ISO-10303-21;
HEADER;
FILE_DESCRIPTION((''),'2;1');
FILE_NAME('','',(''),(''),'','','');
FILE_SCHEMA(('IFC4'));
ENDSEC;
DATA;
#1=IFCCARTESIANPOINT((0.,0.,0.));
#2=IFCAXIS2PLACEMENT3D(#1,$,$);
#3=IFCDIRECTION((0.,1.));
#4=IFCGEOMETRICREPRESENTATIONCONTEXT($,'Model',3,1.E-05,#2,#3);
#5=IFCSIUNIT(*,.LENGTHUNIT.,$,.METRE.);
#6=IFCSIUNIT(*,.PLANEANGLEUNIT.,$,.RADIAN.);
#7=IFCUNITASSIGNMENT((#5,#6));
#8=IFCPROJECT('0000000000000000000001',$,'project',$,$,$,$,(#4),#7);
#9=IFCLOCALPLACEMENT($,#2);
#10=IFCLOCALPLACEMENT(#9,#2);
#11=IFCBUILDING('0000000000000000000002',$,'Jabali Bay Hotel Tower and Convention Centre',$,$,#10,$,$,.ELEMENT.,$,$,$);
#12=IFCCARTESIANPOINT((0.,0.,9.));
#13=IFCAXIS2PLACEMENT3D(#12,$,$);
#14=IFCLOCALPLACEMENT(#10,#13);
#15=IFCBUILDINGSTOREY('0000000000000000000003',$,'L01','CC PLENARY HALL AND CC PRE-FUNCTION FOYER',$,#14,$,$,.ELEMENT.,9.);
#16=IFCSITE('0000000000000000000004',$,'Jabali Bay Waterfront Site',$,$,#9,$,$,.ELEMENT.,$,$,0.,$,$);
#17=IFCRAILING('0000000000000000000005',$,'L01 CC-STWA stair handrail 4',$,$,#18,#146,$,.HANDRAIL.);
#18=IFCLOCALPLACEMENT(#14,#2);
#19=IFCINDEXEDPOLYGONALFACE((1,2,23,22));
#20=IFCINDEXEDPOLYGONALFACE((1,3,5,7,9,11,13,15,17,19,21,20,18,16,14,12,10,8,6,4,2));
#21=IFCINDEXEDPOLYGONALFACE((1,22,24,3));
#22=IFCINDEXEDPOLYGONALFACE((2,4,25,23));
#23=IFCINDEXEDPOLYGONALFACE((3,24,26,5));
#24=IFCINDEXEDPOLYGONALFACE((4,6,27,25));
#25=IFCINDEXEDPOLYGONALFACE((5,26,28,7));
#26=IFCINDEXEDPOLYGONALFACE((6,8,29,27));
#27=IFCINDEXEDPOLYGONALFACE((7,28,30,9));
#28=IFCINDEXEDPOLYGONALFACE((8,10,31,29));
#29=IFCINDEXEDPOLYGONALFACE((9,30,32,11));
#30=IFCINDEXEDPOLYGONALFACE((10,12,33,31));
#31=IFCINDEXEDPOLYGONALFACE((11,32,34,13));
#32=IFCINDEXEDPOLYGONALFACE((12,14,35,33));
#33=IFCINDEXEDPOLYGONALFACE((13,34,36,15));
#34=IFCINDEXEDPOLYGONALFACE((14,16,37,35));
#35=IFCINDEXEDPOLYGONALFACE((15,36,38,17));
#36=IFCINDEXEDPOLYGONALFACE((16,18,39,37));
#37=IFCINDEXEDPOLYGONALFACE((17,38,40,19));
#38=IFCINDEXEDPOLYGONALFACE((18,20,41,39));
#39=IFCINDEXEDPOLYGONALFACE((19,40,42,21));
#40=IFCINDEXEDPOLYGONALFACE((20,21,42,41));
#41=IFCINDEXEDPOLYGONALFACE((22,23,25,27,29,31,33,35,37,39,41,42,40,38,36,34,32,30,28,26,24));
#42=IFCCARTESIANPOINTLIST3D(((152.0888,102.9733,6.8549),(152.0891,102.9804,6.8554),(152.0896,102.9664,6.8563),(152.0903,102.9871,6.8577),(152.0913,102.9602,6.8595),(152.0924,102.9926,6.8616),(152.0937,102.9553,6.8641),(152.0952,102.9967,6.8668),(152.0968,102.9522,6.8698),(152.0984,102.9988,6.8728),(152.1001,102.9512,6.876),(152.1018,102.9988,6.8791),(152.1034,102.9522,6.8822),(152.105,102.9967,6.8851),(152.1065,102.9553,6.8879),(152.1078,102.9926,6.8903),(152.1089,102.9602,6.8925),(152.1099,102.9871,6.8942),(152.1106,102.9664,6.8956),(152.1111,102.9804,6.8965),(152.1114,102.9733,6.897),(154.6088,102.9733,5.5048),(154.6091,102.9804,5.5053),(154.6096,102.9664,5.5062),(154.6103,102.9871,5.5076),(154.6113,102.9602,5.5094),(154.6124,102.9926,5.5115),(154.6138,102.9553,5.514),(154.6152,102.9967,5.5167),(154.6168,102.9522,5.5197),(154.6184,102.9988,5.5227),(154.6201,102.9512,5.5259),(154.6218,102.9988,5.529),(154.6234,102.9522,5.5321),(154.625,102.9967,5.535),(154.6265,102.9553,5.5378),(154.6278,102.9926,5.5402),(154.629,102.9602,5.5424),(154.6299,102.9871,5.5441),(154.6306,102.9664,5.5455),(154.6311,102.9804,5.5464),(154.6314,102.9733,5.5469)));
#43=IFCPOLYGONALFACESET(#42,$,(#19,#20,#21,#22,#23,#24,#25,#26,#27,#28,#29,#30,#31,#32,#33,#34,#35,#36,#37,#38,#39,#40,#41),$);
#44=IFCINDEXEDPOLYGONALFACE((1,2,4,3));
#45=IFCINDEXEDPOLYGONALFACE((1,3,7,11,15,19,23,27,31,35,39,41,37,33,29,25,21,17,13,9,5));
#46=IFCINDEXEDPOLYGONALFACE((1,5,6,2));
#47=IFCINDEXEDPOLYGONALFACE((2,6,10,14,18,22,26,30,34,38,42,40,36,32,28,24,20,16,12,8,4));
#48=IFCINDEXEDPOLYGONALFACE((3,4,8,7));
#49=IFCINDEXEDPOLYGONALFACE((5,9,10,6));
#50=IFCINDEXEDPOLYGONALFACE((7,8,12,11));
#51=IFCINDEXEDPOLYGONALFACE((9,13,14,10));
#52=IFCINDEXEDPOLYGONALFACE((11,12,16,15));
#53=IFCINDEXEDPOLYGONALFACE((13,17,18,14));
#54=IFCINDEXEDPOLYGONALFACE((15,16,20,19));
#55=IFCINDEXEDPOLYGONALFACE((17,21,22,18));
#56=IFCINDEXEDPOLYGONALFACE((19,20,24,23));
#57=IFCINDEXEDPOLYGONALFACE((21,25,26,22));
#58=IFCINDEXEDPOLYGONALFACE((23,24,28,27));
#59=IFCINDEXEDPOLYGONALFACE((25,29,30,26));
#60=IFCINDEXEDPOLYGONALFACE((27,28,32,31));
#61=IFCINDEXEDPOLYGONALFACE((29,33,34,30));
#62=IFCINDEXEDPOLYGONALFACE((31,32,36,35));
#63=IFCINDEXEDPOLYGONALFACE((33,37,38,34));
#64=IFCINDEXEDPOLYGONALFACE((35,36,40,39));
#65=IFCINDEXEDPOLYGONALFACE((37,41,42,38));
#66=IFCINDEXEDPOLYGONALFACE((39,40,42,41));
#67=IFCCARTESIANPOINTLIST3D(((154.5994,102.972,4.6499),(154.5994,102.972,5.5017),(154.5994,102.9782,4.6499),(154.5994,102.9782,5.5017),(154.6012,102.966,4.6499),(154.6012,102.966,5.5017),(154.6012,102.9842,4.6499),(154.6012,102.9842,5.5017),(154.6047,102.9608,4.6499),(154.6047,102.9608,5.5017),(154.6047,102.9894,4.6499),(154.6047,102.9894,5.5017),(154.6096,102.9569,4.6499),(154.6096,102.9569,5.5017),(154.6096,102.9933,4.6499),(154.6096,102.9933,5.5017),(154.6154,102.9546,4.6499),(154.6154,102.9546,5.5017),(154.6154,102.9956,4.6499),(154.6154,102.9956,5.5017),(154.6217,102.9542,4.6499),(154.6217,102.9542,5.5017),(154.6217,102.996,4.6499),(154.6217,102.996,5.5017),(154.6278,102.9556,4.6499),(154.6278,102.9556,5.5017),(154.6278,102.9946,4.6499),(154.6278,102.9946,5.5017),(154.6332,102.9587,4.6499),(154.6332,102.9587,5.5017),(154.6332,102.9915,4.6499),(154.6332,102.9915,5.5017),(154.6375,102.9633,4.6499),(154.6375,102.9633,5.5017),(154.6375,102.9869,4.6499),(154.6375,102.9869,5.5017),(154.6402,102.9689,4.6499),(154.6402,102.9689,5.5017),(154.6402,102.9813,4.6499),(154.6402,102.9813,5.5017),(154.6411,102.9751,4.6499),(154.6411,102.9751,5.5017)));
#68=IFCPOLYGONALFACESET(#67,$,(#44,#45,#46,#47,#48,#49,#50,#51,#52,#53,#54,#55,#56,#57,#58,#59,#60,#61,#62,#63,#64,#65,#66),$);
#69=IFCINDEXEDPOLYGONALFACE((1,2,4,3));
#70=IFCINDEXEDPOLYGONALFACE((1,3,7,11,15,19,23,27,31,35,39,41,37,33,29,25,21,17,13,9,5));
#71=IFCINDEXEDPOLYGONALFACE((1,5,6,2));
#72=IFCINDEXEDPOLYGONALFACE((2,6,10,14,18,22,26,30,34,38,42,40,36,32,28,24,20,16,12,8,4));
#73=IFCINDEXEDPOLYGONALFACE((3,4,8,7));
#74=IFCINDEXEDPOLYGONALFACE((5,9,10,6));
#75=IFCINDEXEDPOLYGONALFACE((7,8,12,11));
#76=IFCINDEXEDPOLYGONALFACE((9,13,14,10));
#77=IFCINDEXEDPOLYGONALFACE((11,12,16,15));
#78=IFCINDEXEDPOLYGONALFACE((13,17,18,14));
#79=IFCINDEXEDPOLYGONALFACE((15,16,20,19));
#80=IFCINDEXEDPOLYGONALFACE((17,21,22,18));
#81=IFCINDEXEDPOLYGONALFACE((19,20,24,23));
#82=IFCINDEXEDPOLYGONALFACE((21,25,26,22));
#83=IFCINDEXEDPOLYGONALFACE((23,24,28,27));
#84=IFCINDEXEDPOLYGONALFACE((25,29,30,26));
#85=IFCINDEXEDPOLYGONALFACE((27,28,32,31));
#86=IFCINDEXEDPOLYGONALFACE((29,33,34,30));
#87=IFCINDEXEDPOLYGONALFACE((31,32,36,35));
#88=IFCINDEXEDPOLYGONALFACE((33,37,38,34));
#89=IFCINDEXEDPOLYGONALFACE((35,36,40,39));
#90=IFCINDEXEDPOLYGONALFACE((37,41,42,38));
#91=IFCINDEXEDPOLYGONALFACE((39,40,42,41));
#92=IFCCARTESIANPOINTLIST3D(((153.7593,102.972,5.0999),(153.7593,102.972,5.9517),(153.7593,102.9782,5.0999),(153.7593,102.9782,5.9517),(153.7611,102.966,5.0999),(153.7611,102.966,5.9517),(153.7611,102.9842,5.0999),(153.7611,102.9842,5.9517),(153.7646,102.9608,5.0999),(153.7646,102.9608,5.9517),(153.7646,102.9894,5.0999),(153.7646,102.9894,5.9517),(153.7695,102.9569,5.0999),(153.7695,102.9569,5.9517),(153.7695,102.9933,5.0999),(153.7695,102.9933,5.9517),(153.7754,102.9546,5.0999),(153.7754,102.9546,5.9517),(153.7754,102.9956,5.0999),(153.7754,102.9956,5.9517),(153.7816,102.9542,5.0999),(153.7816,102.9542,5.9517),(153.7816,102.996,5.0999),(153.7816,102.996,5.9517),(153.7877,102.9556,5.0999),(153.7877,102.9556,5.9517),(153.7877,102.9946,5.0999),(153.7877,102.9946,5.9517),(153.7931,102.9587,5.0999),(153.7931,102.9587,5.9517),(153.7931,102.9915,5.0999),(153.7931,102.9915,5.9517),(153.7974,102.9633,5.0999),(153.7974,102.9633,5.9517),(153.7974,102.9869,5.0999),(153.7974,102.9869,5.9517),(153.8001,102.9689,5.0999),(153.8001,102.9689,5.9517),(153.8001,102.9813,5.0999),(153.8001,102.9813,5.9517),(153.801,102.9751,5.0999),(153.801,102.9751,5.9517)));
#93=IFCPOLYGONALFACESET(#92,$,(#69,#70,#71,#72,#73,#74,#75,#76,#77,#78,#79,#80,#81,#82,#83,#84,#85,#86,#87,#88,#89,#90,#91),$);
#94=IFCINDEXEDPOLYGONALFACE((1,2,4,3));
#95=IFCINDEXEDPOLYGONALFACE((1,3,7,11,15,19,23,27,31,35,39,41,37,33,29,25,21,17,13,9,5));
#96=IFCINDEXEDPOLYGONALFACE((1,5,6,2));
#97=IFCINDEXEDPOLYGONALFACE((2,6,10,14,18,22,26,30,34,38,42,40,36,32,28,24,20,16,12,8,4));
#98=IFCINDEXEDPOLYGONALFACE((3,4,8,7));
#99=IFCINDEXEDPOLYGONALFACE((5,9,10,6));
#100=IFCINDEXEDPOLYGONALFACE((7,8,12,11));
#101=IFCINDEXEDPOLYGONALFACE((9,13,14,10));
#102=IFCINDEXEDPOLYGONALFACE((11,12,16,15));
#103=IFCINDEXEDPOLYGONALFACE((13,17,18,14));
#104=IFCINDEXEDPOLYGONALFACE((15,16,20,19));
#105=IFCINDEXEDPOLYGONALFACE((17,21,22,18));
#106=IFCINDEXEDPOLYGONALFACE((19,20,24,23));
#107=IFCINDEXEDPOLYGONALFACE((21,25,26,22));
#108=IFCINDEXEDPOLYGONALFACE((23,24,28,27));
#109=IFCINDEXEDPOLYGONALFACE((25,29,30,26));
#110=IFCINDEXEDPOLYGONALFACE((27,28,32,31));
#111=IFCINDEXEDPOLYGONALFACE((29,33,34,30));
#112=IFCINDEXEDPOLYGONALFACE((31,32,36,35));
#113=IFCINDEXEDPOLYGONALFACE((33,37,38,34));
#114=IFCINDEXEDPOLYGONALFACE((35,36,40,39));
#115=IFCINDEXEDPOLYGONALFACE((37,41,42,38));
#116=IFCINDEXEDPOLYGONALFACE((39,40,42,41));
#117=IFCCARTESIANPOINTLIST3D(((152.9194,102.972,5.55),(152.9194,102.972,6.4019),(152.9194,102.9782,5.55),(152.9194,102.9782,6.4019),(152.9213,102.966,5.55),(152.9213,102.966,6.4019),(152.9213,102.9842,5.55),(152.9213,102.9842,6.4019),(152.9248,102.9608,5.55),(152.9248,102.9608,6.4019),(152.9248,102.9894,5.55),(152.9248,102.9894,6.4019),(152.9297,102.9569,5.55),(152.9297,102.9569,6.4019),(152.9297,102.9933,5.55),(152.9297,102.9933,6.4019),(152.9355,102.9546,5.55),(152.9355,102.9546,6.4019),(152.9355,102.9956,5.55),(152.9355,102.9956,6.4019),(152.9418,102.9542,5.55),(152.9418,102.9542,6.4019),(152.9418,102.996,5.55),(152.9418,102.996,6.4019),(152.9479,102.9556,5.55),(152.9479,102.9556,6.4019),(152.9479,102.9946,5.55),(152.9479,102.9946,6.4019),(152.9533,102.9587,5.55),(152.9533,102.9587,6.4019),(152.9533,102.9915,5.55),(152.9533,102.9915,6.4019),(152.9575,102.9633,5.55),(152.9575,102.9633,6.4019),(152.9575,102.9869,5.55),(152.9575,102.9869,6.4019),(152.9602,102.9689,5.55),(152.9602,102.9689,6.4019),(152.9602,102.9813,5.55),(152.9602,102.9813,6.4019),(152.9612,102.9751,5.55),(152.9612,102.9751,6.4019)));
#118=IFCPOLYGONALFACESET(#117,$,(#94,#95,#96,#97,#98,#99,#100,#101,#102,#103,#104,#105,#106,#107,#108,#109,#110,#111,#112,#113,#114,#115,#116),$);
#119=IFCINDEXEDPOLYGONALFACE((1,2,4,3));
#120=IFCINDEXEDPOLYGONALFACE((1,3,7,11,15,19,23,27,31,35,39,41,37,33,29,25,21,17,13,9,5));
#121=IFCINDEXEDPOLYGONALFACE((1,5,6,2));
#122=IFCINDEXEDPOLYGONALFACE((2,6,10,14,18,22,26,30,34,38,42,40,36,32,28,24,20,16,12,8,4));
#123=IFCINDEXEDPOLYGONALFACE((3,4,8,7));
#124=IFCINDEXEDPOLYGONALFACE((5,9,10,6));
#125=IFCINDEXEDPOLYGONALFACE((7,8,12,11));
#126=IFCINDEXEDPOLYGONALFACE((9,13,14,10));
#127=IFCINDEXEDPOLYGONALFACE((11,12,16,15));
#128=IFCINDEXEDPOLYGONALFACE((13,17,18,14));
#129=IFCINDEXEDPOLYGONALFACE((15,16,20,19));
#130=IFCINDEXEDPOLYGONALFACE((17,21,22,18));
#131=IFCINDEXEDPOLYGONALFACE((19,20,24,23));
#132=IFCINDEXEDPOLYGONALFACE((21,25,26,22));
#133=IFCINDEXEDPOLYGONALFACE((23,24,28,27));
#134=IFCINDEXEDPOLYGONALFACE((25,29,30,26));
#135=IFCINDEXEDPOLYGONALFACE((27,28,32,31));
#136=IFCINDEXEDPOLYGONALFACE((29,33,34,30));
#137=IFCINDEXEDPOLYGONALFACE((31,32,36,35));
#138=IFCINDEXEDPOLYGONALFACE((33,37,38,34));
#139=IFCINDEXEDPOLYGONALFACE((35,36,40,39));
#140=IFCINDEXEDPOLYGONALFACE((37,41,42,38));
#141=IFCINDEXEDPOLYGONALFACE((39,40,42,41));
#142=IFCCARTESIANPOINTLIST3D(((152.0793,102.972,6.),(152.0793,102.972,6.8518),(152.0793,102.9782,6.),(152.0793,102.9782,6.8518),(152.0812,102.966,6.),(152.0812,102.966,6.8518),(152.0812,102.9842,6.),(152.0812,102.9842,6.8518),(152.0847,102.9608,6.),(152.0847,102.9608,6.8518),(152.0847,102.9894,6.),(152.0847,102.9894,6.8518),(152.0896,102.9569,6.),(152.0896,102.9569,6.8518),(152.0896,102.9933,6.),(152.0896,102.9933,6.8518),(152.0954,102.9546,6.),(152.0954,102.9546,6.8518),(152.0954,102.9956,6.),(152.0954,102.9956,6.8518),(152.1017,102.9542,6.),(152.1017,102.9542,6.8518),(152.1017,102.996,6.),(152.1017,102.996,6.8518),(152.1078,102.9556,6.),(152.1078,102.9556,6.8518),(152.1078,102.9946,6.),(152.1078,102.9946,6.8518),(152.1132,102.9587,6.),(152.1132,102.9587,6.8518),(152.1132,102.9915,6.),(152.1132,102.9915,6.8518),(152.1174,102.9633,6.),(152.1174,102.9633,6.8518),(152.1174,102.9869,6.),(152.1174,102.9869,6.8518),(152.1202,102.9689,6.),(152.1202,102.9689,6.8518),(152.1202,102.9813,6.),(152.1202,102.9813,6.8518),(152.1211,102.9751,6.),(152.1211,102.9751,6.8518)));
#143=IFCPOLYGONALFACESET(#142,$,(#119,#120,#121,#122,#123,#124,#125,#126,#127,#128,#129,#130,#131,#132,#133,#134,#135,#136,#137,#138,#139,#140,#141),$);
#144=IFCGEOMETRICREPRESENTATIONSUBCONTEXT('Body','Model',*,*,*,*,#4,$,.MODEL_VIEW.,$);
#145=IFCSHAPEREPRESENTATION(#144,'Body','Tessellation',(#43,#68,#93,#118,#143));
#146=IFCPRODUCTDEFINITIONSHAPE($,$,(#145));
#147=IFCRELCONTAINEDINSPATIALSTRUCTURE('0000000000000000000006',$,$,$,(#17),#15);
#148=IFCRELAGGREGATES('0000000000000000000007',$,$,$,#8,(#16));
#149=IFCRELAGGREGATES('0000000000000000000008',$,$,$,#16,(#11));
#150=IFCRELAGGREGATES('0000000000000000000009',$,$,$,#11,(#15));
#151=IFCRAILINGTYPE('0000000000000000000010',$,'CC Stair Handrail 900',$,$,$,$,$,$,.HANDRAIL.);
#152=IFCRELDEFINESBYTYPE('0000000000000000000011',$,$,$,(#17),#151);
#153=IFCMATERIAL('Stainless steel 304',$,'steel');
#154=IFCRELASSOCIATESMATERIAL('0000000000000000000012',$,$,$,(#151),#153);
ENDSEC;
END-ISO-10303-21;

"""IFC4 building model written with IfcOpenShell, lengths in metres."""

from ifc_helpers import new_model, si_unit, direction, frame, origin, origin_2d, place, context, subcontext, project, spatial, circle, extrude, material, type_object, element, save


model = new_model("IFC4")

# Units and contexts
model_context = context("Model", 3, precision=1e-05, world=origin(), true_north=direction((0.0, 1.0)))
body_context = subcontext(model_context, "Body", "Model", "MODEL_VIEW")
ifc_project = project(units=[si_unit("LENGTHUNIT", "METRE"), si_unit("PLANEANGLEUNIT", "RADIAN")], contexts=[model_context])

# Site, building, storey
site_placement = place(None, origin())
site = spatial("IfcSite", under=ifc_project, at=site_placement, Name="Jabali Bay Waterfront Site", CompositionType="ELEMENT", RefElevation=0.0)
building_placement = place(site_placement, origin())
building = spatial("IfcBuilding", under=site, at=building_placement, Name="Jabali Bay Hotel Tower and Convention Centre", CompositionType="ELEMENT")
storey_placement = place(building_placement, frame((0.0, 0.0, 9.0)))
storey = spatial("IfcBuildingStorey", under=building, at=storey_placement, Name="L01", Description="CC PLENARY HALL AND CC PRE-FUNCTION FOYER", CompositionType="ELEMENT", Elevation=9.0)

# Railing
ifc_material_1 = material(Name="Stainless steel 304", Category="steel")
railing_type_1 = type_object("IfcRailingType", Name="CC Stair Handrail 900", PredefinedType="HANDRAIL", material=ifc_material_1)
for number, where, name in (
    (1, (154.6201, 102.9751, 4.6499), "L01 CC-STWA stair handrail 4"),
):
    element("IfcRailing", number, at=place(storey_placement, frame(where)), inside=storey, type_object=railing_type_1, Name=name, PredefinedType="HANDRAIL", context=body_context, shape_type="SweptSolid", body=[
        extrude(circle(Radius=0.0239, at=origin_2d()), frame((0.0, 0.0, 0.876), z_axis=(-0.881467, 0.0, 0.472245), x_axis=(0.0, -1.0, 0.0)), (0.0, 0.0, 1.0), 2.8589),
        extrude(circle(Radius=0.021, at=origin_2d()), origin(), (0.0, 0.0, 1.0), 0.8518),
        extrude(circle(Radius=0.021, at=origin_2d()), frame((-0.8401, 0.0, 0.45)), (0.0, 0.0, 1.0), 0.8518),
        extrude(circle(Radius=0.021, at=origin_2d()), frame((-1.6799, 0.0, 0.9001)), (0.0, 0.0, 1.0), 0.8518),
        extrude(circle(Radius=0.021, at=origin_2d()), frame((-2.52, 0.0, 1.3501)), (0.0, 0.0, 1.0), 0.8518),
    ])

save(model, "model.ifc")
